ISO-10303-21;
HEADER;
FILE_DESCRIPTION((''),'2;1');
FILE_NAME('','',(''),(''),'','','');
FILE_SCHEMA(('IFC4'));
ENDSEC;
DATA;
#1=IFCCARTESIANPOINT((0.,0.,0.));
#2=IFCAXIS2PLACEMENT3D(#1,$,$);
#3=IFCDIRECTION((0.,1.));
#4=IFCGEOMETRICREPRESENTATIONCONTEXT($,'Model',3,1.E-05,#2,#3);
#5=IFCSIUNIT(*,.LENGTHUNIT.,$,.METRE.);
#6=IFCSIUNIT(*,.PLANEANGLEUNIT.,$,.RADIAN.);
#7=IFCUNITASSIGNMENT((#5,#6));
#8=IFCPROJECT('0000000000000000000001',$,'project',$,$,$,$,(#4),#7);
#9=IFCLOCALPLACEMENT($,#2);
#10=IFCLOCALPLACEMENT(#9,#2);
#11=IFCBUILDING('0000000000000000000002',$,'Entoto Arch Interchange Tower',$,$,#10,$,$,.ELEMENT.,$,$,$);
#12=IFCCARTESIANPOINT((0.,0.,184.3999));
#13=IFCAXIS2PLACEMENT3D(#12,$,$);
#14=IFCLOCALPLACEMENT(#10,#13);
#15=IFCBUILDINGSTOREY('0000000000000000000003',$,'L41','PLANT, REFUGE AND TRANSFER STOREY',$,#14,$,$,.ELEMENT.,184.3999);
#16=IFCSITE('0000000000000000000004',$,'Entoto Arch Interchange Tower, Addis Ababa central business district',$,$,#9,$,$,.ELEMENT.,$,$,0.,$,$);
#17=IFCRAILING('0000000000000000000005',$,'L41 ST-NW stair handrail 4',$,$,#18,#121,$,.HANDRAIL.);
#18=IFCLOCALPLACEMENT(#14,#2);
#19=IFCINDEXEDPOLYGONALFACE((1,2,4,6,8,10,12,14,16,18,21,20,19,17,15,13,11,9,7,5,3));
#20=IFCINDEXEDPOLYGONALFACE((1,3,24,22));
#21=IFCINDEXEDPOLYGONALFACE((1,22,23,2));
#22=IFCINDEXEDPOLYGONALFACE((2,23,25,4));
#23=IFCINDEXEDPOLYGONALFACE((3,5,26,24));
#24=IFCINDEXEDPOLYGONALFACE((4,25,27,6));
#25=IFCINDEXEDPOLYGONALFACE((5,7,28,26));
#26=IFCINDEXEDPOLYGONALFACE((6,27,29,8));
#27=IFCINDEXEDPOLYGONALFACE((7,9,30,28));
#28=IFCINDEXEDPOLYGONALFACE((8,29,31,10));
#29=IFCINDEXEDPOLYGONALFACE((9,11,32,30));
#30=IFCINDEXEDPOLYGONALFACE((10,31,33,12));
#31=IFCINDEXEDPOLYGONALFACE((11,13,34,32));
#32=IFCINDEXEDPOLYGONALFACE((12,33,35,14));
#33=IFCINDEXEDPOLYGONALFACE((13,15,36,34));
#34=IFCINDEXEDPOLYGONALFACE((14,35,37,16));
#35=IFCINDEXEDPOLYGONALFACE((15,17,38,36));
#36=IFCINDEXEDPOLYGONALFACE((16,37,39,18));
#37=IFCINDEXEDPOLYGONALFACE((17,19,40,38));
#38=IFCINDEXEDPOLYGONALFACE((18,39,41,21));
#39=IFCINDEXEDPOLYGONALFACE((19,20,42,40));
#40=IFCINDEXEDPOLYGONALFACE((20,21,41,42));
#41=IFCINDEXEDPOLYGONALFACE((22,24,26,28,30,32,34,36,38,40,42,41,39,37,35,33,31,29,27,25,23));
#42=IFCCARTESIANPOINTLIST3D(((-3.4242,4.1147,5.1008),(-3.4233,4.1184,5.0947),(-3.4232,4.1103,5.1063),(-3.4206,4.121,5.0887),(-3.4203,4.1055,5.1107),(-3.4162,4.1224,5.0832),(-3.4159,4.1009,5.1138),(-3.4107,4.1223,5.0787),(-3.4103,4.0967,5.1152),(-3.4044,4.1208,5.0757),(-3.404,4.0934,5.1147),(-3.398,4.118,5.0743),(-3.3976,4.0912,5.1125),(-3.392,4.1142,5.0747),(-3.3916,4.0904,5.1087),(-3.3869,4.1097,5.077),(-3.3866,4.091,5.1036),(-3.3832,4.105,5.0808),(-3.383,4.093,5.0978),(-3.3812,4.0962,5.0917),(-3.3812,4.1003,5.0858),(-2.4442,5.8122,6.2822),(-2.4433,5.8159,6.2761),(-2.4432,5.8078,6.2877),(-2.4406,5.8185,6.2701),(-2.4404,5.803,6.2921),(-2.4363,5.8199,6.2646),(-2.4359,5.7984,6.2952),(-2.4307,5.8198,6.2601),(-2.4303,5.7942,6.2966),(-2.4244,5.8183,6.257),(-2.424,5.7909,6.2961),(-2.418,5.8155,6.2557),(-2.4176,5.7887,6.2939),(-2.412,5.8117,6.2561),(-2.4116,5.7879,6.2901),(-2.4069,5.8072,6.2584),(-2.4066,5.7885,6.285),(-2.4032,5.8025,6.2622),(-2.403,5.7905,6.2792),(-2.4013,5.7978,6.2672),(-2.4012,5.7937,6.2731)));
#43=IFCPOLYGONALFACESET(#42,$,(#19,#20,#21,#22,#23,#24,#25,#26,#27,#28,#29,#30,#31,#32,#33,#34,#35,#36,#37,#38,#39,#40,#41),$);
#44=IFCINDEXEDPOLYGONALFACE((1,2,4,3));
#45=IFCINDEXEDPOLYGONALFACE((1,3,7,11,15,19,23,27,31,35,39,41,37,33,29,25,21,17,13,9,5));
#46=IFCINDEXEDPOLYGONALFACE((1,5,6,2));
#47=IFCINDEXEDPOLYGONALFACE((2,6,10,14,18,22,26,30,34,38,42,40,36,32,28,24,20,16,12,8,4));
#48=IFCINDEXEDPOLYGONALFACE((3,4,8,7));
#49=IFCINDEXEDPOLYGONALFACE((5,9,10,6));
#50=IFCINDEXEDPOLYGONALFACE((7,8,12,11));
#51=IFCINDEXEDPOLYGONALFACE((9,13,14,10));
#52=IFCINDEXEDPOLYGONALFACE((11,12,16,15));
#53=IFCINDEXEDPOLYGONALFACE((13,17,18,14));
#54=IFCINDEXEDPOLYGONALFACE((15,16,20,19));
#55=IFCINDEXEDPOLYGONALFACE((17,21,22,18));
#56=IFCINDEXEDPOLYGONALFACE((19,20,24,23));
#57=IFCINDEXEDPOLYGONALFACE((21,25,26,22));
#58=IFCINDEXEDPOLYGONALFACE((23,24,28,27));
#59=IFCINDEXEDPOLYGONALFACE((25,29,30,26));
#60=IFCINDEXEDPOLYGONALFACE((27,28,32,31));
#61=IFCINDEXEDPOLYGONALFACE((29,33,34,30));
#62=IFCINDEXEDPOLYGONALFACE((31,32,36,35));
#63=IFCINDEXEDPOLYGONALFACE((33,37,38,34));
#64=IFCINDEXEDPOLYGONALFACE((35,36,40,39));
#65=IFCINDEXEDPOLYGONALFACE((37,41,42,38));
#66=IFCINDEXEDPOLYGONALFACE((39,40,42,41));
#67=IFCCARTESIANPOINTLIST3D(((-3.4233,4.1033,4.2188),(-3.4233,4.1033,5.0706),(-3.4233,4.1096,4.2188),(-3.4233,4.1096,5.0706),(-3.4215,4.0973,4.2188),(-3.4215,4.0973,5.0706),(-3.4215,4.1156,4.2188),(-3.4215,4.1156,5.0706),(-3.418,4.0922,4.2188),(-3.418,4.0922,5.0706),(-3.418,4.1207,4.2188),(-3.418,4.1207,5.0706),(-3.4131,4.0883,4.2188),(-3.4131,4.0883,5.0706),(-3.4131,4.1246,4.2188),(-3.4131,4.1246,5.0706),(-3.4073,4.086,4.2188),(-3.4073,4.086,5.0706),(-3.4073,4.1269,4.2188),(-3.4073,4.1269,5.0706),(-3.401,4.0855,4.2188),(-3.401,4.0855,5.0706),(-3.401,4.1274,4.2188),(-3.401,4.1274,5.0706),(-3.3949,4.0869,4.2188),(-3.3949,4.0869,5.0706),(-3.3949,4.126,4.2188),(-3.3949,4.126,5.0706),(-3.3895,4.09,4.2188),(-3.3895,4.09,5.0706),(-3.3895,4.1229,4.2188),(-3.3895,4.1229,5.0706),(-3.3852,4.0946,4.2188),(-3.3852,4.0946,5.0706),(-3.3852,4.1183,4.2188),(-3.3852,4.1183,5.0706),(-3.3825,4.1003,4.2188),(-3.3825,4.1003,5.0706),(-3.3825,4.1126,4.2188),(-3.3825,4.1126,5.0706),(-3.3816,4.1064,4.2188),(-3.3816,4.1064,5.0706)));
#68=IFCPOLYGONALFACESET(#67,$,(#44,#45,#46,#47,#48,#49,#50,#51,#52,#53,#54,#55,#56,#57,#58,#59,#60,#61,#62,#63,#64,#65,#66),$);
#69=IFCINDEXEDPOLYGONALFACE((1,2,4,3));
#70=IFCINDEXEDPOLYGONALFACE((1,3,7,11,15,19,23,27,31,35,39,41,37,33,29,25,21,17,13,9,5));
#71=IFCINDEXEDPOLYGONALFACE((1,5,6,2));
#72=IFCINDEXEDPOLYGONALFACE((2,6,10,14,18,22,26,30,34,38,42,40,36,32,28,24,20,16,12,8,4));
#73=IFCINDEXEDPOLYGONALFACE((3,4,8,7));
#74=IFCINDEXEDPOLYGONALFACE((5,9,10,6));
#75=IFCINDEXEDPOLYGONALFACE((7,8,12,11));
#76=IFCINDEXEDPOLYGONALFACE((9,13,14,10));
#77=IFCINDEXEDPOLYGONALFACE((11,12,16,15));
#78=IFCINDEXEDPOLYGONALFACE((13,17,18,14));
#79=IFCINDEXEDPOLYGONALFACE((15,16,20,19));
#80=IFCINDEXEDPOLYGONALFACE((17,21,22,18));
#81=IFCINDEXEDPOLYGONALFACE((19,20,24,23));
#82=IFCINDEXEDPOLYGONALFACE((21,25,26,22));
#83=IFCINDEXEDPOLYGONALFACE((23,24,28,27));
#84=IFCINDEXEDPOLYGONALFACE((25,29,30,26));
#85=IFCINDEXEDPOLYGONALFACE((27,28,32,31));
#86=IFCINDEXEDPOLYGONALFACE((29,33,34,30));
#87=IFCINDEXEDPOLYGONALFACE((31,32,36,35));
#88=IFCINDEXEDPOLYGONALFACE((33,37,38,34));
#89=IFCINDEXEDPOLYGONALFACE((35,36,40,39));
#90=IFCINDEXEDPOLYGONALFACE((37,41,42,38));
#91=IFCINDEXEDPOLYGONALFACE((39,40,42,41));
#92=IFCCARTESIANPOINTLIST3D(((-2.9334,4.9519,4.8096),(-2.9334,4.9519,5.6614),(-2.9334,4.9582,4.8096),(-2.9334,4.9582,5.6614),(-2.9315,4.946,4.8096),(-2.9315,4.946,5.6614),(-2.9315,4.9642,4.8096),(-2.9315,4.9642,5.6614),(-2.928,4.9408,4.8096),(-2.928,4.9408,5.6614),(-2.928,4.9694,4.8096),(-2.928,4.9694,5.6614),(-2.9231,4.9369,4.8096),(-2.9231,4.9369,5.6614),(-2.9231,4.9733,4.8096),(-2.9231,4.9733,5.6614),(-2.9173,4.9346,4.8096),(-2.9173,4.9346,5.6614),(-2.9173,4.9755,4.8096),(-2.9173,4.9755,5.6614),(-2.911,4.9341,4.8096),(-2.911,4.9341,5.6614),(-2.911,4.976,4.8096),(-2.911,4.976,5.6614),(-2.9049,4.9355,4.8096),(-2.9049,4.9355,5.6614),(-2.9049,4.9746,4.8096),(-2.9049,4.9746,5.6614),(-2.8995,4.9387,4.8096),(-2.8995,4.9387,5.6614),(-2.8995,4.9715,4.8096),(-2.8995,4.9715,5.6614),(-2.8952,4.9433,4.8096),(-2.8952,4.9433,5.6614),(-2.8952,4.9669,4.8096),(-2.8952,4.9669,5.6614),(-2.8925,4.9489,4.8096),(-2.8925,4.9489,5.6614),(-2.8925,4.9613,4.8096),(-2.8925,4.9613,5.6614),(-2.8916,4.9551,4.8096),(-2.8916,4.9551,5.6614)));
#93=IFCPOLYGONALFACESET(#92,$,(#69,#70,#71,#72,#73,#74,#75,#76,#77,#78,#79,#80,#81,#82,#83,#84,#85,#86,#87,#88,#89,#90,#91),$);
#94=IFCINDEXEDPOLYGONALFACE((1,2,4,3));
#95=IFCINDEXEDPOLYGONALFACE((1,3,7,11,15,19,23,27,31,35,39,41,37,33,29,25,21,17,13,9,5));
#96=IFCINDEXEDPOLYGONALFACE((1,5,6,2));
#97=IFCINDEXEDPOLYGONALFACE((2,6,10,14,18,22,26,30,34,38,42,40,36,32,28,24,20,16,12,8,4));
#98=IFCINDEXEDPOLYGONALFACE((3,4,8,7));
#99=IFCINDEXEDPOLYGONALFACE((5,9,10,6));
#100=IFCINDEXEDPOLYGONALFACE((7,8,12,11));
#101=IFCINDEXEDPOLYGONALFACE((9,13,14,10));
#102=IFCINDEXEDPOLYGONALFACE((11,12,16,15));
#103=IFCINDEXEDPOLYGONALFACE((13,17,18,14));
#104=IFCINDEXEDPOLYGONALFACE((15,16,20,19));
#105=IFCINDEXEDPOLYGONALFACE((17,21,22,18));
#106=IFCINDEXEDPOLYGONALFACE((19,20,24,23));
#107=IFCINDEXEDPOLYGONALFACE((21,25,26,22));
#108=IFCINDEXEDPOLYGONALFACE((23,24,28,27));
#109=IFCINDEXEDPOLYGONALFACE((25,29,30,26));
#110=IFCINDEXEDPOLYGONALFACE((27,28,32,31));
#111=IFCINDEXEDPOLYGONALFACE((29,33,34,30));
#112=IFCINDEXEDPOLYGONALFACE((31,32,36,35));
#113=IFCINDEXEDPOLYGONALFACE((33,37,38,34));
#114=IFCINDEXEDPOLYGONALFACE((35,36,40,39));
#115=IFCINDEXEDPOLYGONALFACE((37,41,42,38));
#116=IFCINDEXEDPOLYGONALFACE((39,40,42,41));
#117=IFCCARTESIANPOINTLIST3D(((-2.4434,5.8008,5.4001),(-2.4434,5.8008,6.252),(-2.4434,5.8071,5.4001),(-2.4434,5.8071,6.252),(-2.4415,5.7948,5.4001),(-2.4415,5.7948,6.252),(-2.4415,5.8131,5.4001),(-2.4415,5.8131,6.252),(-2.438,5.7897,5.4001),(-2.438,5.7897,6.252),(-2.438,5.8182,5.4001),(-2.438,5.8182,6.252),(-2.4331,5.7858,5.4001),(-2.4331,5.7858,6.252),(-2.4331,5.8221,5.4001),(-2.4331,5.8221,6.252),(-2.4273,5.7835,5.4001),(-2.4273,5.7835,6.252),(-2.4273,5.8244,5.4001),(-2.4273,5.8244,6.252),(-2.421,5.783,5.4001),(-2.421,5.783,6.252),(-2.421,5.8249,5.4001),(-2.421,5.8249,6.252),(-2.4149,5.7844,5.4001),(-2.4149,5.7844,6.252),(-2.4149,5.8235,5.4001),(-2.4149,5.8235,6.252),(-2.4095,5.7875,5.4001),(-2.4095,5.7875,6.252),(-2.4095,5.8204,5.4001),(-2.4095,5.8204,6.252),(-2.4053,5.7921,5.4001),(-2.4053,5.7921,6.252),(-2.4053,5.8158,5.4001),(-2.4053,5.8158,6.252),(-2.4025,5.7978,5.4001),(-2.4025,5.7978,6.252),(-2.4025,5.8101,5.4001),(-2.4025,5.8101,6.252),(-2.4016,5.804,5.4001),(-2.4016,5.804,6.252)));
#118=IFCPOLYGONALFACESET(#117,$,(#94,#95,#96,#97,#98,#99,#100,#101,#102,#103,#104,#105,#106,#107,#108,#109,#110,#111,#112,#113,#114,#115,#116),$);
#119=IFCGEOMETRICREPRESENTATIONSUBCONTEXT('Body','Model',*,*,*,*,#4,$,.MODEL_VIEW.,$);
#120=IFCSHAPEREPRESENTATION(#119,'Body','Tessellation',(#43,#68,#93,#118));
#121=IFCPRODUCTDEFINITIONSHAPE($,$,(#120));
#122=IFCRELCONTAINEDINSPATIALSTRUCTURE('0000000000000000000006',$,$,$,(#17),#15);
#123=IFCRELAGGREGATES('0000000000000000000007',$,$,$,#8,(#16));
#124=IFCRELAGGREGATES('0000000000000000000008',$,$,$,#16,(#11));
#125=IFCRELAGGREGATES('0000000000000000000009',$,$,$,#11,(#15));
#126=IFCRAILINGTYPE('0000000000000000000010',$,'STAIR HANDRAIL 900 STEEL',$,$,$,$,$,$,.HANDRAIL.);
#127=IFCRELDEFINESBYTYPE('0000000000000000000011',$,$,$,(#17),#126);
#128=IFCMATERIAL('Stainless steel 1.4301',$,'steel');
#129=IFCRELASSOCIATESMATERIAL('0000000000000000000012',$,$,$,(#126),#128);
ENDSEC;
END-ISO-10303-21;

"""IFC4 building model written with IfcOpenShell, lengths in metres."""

from ifc_helpers import new_model, si_unit, direction, frame, origin, origin_2d, place, context, subcontext, project, spatial, circle, extrude, material, type_object, element, save


model = new_model("IFC4")

# Units and contexts
model_context = context("Model", 3, precision=1e-05, world=origin(), true_north=direction((0.0, 1.0)))
body_context = subcontext(model_context, "Body", "Model", "MODEL_VIEW")
ifc_project = project(units=[si_unit("LENGTHUNIT", "METRE"), si_unit("PLANEANGLEUNIT", "RADIAN")], contexts=[model_context])

# Site, building, storey
site_placement = place(None, origin())
site = spatial("IfcSite", under=ifc_project, at=site_placement, Name="Entoto Arch Interchange Tower, Addis Ababa central business district", CompositionType="ELEMENT", RefElevation=0.0)
building_placement = place(site_placement, origin())
building = spatial("IfcBuilding", under=site, at=building_placement, Name="Entoto Arch Interchange Tower", CompositionType="ELEMENT")
storey_placement = place(building_placement, frame((0.0, 0.0, 184.3999)))
storey = spatial("IfcBuildingStorey", under=building, at=storey_placement, Name="L41", Description="PLANT, REFUGE AND TRANSFER STOREY", CompositionType="ELEMENT", Elevation=184.3999)

# Railing
ifc_material_1 = material(Name="Stainless steel 1.4301", Category="steel")
railing_type_1 = type_object("IfcRailingType", Name="STAIR HANDRAIL 900 STEEL", PredefinedType="HANDRAIL", material=ifc_material_1)
for number, where, name in (
    (1, (-3.4026, 4.1064, 4.2188), "L41 ST-NW stair handrail 4"),
):
    element("IfcRailing", number, at=place(storey_placement, frame(where)), inside=storey, type_object=railing_type_1, Name=name, PredefinedType="HANDRAIL", context=body_context, shape_type="SweptSolid", body=[
        extrude(circle(Radius=0.0239, at=origin_2d()), frame((0.0, 0.0, 0.876), z_axis=(0.428205, 0.741731, 0.516214), x_axis=(-0.866042, 0.49997, 0.0)), (0.0, 0.0, 1.0), 2.2886),
        extrude(circle(Radius=0.021, at=origin_2d()), origin(), (0.0, 0.0, 1.0), 0.8518),
        extrude(circle(Radius=0.021, at=origin_2d()), frame((0.49, 0.8486, 0.5908)), (0.0, 0.0, 1.0), 0.8518),
        extrude(circle(Radius=0.021, at=origin_2d()), frame((0.98, 1.6975, 1.1814)), (0.0, 0.0, 1.0), 0.8518),
    ])

save(model, "model.ifc")
